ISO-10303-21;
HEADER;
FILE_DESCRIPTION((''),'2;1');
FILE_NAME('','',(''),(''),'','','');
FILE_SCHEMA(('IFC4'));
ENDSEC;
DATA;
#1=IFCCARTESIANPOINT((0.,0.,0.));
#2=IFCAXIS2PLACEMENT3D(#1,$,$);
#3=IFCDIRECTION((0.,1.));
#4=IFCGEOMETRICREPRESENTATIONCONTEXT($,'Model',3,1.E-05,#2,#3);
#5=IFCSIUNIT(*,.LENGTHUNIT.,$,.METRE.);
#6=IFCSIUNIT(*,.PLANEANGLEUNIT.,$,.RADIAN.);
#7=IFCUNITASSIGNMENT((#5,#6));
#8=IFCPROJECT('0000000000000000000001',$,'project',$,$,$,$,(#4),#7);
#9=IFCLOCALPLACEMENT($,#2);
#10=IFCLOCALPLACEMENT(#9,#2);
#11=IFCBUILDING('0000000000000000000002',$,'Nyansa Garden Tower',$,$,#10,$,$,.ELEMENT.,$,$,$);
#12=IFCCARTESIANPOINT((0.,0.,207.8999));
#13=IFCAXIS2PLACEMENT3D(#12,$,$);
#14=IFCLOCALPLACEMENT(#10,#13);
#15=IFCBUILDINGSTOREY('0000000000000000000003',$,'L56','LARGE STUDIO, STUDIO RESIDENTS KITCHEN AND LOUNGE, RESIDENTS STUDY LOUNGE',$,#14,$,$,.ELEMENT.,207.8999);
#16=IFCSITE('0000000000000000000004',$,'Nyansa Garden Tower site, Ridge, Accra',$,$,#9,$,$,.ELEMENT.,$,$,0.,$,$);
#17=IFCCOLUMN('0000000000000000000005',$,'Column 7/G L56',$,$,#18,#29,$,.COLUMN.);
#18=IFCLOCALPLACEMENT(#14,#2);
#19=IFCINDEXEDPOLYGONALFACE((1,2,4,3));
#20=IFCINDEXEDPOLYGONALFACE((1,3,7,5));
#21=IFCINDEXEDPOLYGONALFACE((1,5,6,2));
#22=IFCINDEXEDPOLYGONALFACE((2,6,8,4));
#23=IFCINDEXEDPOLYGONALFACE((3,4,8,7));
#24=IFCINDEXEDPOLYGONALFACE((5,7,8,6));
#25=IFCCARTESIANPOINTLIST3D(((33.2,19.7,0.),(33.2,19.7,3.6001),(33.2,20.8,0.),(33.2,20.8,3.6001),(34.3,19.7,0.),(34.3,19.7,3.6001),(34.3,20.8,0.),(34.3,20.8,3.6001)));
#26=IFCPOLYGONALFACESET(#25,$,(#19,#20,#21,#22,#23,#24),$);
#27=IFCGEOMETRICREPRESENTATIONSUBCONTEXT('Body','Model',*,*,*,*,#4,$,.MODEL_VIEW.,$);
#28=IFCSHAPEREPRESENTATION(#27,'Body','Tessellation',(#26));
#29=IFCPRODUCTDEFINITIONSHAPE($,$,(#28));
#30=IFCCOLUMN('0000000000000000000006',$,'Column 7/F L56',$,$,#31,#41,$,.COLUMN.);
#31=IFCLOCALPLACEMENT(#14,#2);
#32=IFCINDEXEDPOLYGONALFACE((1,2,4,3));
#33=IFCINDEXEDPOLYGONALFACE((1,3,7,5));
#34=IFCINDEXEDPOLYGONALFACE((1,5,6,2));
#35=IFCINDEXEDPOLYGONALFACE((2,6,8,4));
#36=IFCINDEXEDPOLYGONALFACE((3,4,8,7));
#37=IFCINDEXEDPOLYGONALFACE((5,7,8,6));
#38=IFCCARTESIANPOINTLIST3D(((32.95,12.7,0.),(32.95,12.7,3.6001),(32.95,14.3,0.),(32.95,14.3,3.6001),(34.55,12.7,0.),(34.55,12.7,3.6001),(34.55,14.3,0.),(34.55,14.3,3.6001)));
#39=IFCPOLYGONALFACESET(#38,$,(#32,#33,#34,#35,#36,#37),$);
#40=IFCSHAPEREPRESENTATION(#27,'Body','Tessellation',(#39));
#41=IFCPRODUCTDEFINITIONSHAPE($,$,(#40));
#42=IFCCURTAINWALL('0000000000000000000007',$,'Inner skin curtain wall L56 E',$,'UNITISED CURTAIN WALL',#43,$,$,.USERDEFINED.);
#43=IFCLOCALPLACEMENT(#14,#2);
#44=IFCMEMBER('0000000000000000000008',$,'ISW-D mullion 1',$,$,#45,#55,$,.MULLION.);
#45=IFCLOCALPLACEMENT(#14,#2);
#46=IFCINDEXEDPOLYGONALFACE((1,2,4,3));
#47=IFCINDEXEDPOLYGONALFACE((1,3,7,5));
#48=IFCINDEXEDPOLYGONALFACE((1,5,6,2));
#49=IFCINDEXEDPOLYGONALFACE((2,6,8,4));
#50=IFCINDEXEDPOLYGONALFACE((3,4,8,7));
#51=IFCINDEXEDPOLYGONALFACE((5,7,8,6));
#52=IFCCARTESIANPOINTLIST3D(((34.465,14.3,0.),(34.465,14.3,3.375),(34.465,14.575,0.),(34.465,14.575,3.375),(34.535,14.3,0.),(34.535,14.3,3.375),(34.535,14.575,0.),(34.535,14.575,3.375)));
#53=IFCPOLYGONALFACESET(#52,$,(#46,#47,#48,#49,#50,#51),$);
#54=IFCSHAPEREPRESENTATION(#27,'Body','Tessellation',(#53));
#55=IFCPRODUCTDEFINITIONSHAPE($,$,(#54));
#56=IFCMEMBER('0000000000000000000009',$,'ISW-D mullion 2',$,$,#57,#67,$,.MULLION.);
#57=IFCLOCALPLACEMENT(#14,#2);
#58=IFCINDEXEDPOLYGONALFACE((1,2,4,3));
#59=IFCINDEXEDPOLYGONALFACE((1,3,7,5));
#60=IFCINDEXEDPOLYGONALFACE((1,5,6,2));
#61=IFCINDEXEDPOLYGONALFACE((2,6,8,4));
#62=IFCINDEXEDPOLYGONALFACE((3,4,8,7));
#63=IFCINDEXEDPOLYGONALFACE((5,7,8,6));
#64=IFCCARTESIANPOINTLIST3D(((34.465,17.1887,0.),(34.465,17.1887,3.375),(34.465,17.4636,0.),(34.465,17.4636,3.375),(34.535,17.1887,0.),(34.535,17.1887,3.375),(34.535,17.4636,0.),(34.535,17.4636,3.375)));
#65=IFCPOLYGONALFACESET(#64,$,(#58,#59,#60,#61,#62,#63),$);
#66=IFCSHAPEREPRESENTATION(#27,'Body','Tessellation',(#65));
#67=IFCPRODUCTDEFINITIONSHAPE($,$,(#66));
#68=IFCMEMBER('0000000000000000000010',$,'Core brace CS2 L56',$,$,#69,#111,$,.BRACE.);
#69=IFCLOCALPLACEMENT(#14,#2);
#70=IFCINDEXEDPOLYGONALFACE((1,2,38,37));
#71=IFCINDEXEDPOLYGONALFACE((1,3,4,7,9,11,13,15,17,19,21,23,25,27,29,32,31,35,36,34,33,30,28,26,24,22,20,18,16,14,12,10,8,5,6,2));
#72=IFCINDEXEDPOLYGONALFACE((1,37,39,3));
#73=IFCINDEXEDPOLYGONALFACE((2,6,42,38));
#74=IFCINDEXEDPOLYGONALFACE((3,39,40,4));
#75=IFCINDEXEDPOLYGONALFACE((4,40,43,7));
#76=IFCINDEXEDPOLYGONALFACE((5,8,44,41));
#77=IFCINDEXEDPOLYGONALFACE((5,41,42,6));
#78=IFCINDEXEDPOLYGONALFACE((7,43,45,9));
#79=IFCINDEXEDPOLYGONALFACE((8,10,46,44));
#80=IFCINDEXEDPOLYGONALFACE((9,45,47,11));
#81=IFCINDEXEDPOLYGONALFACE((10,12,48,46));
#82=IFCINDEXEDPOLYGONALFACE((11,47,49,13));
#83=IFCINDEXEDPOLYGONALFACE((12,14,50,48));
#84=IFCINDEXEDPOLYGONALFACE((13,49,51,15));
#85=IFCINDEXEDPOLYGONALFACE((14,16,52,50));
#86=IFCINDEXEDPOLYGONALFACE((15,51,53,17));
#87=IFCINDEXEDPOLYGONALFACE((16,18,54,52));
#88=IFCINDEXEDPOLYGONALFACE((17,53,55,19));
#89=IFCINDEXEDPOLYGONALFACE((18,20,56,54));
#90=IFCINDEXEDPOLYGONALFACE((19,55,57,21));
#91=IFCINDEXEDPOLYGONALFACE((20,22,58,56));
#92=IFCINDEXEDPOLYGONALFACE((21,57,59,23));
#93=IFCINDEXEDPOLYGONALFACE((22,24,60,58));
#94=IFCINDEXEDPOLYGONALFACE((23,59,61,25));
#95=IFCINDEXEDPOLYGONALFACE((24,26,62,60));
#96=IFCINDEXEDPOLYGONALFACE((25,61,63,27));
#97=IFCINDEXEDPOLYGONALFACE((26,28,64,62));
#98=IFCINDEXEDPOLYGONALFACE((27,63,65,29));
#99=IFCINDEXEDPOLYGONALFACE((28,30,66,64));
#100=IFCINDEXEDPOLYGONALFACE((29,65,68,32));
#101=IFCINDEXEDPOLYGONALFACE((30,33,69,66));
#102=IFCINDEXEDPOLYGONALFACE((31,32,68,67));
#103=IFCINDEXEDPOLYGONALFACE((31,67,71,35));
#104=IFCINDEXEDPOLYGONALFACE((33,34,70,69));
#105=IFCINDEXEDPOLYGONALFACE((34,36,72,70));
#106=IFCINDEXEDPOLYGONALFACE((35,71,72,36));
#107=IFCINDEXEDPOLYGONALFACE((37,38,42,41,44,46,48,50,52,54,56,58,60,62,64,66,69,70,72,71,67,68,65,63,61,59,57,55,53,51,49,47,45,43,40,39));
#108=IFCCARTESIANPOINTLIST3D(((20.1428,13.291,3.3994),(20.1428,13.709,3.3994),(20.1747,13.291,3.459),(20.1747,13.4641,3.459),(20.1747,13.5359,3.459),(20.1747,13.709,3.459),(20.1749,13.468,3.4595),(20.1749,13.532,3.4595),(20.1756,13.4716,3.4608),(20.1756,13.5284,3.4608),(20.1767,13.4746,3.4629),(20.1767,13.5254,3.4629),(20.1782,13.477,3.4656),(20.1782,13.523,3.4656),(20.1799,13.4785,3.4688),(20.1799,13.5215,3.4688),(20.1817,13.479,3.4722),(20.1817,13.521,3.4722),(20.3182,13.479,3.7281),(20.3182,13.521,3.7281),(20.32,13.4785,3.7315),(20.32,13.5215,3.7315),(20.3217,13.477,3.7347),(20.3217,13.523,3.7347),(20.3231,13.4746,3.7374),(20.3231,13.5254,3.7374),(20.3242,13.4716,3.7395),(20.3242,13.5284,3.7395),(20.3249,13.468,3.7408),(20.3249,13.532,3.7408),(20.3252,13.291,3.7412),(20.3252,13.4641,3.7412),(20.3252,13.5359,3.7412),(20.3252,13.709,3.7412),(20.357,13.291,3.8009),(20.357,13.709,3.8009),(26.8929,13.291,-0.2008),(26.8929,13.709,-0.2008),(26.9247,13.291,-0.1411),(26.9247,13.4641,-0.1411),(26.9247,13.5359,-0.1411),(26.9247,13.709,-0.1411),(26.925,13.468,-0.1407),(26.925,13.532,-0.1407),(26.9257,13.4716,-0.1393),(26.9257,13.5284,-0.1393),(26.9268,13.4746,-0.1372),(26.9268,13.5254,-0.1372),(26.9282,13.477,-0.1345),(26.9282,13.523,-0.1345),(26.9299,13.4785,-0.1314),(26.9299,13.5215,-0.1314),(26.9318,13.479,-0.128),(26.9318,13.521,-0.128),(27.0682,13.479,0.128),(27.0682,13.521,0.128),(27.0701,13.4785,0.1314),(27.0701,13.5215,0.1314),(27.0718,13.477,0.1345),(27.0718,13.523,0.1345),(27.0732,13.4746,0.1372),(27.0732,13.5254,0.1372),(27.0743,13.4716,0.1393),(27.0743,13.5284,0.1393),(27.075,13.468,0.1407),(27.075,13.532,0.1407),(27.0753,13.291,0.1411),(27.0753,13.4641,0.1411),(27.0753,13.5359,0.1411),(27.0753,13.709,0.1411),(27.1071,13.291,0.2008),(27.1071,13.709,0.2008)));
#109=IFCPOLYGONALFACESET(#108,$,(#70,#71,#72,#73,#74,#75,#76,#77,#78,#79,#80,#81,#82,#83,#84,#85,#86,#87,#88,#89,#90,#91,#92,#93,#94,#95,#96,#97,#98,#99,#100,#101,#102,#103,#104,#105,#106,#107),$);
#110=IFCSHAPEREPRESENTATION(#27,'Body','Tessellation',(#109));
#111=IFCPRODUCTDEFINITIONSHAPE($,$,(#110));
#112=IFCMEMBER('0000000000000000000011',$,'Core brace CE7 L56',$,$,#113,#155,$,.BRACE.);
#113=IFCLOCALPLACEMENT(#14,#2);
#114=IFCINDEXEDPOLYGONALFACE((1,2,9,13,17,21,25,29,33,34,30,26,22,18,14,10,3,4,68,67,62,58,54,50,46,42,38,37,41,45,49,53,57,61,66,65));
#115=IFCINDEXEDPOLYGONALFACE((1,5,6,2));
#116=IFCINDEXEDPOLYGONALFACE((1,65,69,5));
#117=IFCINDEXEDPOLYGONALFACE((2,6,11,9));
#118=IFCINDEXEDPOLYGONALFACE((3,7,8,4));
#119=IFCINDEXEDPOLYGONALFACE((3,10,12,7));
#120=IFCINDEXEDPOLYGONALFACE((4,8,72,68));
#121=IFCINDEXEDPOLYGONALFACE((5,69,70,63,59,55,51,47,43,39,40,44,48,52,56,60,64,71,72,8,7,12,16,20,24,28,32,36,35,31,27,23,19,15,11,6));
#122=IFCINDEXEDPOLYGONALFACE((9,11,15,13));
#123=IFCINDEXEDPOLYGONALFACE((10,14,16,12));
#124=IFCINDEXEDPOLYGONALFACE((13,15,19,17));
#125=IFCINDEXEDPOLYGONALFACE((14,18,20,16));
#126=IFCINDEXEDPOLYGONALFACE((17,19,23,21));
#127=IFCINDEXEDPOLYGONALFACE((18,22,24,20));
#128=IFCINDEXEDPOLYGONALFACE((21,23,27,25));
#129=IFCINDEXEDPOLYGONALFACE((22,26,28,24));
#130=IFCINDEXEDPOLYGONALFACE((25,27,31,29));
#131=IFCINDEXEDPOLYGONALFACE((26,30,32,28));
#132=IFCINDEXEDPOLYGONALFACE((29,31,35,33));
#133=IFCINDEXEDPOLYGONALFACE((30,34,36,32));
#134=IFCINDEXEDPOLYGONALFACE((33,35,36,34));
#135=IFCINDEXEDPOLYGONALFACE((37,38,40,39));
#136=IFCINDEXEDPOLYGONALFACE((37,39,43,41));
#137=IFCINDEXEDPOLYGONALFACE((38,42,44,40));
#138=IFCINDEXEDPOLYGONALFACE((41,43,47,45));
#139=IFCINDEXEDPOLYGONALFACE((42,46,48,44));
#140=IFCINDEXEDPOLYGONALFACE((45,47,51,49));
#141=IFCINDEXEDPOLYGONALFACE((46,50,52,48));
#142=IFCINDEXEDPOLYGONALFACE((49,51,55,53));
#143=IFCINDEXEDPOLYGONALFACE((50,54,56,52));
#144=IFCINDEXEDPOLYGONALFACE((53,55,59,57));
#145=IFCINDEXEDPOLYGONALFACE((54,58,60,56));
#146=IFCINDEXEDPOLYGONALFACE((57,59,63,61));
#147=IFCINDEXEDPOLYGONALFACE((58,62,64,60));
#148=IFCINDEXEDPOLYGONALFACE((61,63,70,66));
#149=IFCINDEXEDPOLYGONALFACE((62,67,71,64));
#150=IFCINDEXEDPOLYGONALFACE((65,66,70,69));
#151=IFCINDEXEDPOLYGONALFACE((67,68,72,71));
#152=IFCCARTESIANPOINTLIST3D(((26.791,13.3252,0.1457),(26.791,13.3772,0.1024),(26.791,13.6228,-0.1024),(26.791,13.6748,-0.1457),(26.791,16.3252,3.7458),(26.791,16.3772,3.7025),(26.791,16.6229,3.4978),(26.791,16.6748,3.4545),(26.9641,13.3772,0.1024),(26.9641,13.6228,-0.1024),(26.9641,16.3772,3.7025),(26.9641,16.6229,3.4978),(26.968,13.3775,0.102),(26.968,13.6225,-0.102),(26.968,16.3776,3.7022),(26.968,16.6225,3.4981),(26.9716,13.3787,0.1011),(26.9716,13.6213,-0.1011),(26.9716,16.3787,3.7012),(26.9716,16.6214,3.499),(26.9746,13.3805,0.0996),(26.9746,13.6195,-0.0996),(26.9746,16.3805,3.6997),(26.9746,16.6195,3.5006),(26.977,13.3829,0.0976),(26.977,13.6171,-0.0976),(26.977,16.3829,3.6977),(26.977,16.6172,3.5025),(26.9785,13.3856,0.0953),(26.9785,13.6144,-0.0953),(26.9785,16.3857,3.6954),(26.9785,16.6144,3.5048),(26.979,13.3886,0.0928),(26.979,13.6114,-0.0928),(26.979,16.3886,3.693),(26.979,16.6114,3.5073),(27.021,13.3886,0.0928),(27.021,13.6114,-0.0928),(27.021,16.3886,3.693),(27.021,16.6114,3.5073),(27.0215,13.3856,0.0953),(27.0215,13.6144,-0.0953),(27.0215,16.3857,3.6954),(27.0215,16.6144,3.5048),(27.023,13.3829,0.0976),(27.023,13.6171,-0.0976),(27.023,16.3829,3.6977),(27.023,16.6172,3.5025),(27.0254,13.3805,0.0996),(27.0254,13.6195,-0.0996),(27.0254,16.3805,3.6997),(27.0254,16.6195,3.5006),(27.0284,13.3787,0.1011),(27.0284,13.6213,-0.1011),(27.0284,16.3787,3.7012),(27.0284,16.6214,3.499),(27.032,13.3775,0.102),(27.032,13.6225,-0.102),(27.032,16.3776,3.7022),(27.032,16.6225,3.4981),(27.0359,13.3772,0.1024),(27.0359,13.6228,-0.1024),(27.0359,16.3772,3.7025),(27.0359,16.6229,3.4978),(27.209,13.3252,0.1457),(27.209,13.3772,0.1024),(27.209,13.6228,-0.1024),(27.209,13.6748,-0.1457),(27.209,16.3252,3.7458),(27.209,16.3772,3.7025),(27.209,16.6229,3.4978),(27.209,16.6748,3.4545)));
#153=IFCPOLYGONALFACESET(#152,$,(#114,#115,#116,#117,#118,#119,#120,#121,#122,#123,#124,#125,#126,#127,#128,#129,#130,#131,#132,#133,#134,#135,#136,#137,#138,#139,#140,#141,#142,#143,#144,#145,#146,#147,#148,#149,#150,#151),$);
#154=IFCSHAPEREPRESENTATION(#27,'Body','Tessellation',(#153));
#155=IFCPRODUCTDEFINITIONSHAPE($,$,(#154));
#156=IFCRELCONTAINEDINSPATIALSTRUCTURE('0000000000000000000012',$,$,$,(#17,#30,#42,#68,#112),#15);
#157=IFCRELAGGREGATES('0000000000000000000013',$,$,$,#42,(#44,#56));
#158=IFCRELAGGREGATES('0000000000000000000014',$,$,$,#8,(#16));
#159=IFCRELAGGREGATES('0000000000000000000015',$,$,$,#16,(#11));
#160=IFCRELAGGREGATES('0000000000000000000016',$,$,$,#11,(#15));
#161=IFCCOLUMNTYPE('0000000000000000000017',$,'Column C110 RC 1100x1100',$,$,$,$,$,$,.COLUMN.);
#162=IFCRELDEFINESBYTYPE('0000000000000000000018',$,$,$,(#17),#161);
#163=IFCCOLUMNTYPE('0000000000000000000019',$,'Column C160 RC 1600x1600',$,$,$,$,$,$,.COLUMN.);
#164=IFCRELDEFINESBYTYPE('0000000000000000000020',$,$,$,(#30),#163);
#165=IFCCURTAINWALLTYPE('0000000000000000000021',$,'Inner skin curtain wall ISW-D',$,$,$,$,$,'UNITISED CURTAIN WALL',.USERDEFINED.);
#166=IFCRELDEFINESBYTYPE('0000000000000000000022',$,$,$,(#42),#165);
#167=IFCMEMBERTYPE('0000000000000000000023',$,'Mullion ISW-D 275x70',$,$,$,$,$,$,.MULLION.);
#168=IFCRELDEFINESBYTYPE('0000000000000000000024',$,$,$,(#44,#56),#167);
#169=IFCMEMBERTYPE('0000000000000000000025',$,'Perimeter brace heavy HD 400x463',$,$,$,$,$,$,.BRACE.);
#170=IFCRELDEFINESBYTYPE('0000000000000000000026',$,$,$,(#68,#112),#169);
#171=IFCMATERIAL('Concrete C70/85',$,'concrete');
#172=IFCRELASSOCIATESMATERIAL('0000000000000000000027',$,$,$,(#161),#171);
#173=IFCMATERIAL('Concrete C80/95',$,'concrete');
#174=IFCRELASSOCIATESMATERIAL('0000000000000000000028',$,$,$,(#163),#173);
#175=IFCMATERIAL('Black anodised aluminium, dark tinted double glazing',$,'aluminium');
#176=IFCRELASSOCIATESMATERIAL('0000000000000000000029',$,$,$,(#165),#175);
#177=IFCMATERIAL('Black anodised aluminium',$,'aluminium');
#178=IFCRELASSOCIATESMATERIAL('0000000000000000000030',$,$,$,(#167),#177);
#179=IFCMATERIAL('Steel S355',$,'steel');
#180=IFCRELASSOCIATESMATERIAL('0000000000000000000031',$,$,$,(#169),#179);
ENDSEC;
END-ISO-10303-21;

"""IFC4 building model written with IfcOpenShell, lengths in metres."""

from ifc_helpers import new_model, si_unit, direction, frame, origin, origin_2d, place, context, subcontext, project, spatial, rectangle, i_section, extrude, material, material_profile, profile_set, type_object, element, aggregate, save


model = new_model("IFC4")

# Units and contexts
model_context = context("Model", 3, precision=1e-05, world=origin(), true_north=direction((0.0, 1.0)))
body_context = subcontext(model_context, "Body", "Model", "MODEL_VIEW")
ifc_project = project(units=[si_unit("LENGTHUNIT", "METRE"), si_unit("PLANEANGLEUNIT", "RADIAN")], contexts=[model_context])

# Site, building, storey
site_placement = place(None, origin())
site = spatial("IfcSite", under=ifc_project, at=site_placement, Name="Nyansa Garden Tower site, Ridge, Accra", CompositionType="ELEMENT", RefElevation=0.0)
building_placement = place(site_placement, origin())
building = spatial("IfcBuilding", under=site, at=building_placement, Name="Nyansa Garden Tower", CompositionType="ELEMENT")
storey_placement = place(building_placement, frame((0.0, 0.0, 207.8999)))
storey = spatial("IfcBuildingStorey", under=building, at=storey_placement, Name="L56", Description="LARGE STUDIO, STUDIO RESIDENTS KITCHEN AND LOUNGE, RESIDENTS STUDY LOUNGE", CompositionType="ELEMENT", Elevation=207.8999)

# Columns
ifc_material_1 = material(Name="Concrete C70/85", Category="concrete")
ifc_material_profile_1 = material_profile(ifc_material_1, rectangle(XDim=1.1001, YDim=1.1001, at=origin_2d()), Name="RC 1100x1100")
ifc_profile_set_1 = profile_set([ifc_material_profile_1], Name="Concrete C70/85")
column_type_1 = type_object("IfcColumnType", Name="Column C110 RC 1100x1100", PredefinedType="COLUMN", material=ifc_profile_set_1)
column_1_placement = place(storey_placement, frame((33.75, 20.25, 0.0), z_axis=(0.0, 0.0, 1.0), x_axis=(1.0, 0.0, 0.0)))
element("IfcColumn", 1, at=column_1_placement, inside=storey, type_object=column_type_1, Name="Column 7/G L56", PredefinedType="COLUMN", context=body_context, shape_type="SweptSolid", body=[
    extrude(rectangle(XDim=1.1001, YDim=1.1001, at=origin_2d()), origin(), (0.0, 0.0, 1.0), 3.6001),
])
ifc_material_2 = material(Name="Concrete C80/95", Category="concrete")
ifc_material_profile_2 = material_profile(ifc_material_2, rectangle(XDim=1.6001, YDim=1.6001, at=origin_2d()), Name="RC 1600x1600")
ifc_profile_set_2 = profile_set([ifc_material_profile_2], Name="Concrete C80/95")
column_type_2 = type_object("IfcColumnType", Name="Column C160 RC 1600x1600", PredefinedType="COLUMN", material=ifc_profile_set_2)
column_2_placement = place(storey_placement, frame((33.75, 13.5, 0.0), z_axis=(0.0, 0.0, 1.0), x_axis=(1.0, 0.0, 0.0)))
element("IfcColumn", 2, at=column_2_placement, inside=storey, type_object=column_type_2, Name="Column 7/F L56", PredefinedType="COLUMN", context=body_context, shape_type="SweptSolid", body=[
    extrude(rectangle(XDim=1.6001, YDim=1.6001, at=origin_2d()), origin(), (0.0, 0.0, 1.0), 3.6001),
])

# Curtain wall, members
ifc_material_3 = material(Name="Black anodised aluminium, dark tinted double glazing", Category="aluminium")
curtain_wall_type = type_object("IfcCurtainWallType", Name="Inner skin curtain wall ISW-D", ElementType="UNITISED CURTAIN WALL", PredefinedType="USERDEFINED", material=ifc_material_3)
curtain_wall_placement = place(storey_placement, origin())
curtain_wall = element("IfcCurtainWall", 3, at=curtain_wall_placement, inside=storey, type_object=curtain_wall_type, Name="Inner skin curtain wall L56 E", ObjectType="UNITISED CURTAIN WALL", PredefinedType="USERDEFINED")
ifc_material_4 = material(Name="Black anodised aluminium", Category="aluminium")
ifc_material_profile_3 = material_profile(ifc_material_4, rectangle(XDim=0.0701, YDim=0.2749, at=origin_2d()), Name="Mullion 275x70")
ifc_profile_set_3 = profile_set([ifc_material_profile_3], Name="Black anodised aluminium")
member_type_1 = type_object("IfcMemberType", Name="Mullion ISW-D 275x70", PredefinedType="MULLION", material=ifc_profile_set_3)
member_1_placement = place(storey_placement, frame((34.5, 14.4375, 0.0), z_axis=(0.0, 0.0, 1.0), x_axis=(-1.0, 0.0, 0.0)))
member_1 = element("IfcMember", 4, at=member_1_placement, type_object=member_type_1, Name="ISW-D mullion 1", PredefinedType="MULLION", context=body_context, shape_type="SweptSolid", body=[
    extrude(rectangle(XDim=0.0701, YDim=0.2749, at=origin_2d()), origin(), (0.0, 0.0, 1.0), 3.375),
])
member_2_placement = place(storey_placement, frame((34.5, 17.3262, 0.0), z_axis=(0.0, 0.0, 1.0), x_axis=(-1.0, 0.0, 0.0)))
member_2 = element("IfcMember", 5, at=member_2_placement, type_object=member_type_1, Name="ISW-D mullion 2", PredefinedType="MULLION", context=body_context, shape_type="SweptSolid", body=[
    extrude(rectangle(XDim=0.0701, YDim=0.2749, at=origin_2d()), origin(), (0.0, 0.0, 1.0), 3.375),
])

# Members
ifc_material_5 = material(Name="Steel S355", Category="steel")
ifc_material_profile_4 = material_profile(ifc_material_5, i_section(OverallWidth=0.418, OverallDepth=0.4551, WebThickness=0.042, FlangeThickness=0.0676, FilletRadius=0.0149, at=origin_2d()), Name="HD 400x463")
ifc_profile_set_4 = profile_set([ifc_material_profile_4], Name="Steel S355")
member_type_2 = type_object("IfcMemberType", Name="Perimeter brace heavy HD 400x463", PredefinedType="BRACE", material=ifc_profile_set_4)
member_3_placement = place(storey_placement, frame((27.0, 13.5, 0.0), z_axis=(-0.882348, 0.0, 0.470598), x_axis=(0.0, -1.0, 0.0)))
element("IfcMember", 6, at=member_3_placement, inside=storey, type_object=member_type_2, Name="Core brace CS2 L56", PredefinedType="BRACE", context=body_context, shape_type="SweptSolid", body=[
    extrude(i_section(OverallWidth=0.418, OverallDepth=0.4551, WebThickness=0.042, FlangeThickness=0.0676, FilletRadius=0.0149, at=origin_2d()), origin(), (0.0, 0.0, 1.0), 7.6501),
])
member_4_placement = place(storey_placement, frame((27.0, 13.5, 0.0), z_axis=(0.0, 0.640174, 0.76823), x_axis=(-1.0, 0.0, 0.0)))
element("IfcMember", 7, at=member_4_placement, inside=storey, type_object=member_type_2, Name="Core brace CE7 L56", PredefinedType="BRACE", context=body_context, shape_type="SweptSolid", body=[
    extrude(i_section(OverallWidth=0.418, OverallDepth=0.4551, WebThickness=0.042, FlangeThickness=0.0676, FilletRadius=0.0149, at=origin_2d()), origin(), (0.0, 0.0, 1.0), 4.6863),
])

aggregate(curtain_wall, [member_1, member_2])

save(model, "model.ifc")
